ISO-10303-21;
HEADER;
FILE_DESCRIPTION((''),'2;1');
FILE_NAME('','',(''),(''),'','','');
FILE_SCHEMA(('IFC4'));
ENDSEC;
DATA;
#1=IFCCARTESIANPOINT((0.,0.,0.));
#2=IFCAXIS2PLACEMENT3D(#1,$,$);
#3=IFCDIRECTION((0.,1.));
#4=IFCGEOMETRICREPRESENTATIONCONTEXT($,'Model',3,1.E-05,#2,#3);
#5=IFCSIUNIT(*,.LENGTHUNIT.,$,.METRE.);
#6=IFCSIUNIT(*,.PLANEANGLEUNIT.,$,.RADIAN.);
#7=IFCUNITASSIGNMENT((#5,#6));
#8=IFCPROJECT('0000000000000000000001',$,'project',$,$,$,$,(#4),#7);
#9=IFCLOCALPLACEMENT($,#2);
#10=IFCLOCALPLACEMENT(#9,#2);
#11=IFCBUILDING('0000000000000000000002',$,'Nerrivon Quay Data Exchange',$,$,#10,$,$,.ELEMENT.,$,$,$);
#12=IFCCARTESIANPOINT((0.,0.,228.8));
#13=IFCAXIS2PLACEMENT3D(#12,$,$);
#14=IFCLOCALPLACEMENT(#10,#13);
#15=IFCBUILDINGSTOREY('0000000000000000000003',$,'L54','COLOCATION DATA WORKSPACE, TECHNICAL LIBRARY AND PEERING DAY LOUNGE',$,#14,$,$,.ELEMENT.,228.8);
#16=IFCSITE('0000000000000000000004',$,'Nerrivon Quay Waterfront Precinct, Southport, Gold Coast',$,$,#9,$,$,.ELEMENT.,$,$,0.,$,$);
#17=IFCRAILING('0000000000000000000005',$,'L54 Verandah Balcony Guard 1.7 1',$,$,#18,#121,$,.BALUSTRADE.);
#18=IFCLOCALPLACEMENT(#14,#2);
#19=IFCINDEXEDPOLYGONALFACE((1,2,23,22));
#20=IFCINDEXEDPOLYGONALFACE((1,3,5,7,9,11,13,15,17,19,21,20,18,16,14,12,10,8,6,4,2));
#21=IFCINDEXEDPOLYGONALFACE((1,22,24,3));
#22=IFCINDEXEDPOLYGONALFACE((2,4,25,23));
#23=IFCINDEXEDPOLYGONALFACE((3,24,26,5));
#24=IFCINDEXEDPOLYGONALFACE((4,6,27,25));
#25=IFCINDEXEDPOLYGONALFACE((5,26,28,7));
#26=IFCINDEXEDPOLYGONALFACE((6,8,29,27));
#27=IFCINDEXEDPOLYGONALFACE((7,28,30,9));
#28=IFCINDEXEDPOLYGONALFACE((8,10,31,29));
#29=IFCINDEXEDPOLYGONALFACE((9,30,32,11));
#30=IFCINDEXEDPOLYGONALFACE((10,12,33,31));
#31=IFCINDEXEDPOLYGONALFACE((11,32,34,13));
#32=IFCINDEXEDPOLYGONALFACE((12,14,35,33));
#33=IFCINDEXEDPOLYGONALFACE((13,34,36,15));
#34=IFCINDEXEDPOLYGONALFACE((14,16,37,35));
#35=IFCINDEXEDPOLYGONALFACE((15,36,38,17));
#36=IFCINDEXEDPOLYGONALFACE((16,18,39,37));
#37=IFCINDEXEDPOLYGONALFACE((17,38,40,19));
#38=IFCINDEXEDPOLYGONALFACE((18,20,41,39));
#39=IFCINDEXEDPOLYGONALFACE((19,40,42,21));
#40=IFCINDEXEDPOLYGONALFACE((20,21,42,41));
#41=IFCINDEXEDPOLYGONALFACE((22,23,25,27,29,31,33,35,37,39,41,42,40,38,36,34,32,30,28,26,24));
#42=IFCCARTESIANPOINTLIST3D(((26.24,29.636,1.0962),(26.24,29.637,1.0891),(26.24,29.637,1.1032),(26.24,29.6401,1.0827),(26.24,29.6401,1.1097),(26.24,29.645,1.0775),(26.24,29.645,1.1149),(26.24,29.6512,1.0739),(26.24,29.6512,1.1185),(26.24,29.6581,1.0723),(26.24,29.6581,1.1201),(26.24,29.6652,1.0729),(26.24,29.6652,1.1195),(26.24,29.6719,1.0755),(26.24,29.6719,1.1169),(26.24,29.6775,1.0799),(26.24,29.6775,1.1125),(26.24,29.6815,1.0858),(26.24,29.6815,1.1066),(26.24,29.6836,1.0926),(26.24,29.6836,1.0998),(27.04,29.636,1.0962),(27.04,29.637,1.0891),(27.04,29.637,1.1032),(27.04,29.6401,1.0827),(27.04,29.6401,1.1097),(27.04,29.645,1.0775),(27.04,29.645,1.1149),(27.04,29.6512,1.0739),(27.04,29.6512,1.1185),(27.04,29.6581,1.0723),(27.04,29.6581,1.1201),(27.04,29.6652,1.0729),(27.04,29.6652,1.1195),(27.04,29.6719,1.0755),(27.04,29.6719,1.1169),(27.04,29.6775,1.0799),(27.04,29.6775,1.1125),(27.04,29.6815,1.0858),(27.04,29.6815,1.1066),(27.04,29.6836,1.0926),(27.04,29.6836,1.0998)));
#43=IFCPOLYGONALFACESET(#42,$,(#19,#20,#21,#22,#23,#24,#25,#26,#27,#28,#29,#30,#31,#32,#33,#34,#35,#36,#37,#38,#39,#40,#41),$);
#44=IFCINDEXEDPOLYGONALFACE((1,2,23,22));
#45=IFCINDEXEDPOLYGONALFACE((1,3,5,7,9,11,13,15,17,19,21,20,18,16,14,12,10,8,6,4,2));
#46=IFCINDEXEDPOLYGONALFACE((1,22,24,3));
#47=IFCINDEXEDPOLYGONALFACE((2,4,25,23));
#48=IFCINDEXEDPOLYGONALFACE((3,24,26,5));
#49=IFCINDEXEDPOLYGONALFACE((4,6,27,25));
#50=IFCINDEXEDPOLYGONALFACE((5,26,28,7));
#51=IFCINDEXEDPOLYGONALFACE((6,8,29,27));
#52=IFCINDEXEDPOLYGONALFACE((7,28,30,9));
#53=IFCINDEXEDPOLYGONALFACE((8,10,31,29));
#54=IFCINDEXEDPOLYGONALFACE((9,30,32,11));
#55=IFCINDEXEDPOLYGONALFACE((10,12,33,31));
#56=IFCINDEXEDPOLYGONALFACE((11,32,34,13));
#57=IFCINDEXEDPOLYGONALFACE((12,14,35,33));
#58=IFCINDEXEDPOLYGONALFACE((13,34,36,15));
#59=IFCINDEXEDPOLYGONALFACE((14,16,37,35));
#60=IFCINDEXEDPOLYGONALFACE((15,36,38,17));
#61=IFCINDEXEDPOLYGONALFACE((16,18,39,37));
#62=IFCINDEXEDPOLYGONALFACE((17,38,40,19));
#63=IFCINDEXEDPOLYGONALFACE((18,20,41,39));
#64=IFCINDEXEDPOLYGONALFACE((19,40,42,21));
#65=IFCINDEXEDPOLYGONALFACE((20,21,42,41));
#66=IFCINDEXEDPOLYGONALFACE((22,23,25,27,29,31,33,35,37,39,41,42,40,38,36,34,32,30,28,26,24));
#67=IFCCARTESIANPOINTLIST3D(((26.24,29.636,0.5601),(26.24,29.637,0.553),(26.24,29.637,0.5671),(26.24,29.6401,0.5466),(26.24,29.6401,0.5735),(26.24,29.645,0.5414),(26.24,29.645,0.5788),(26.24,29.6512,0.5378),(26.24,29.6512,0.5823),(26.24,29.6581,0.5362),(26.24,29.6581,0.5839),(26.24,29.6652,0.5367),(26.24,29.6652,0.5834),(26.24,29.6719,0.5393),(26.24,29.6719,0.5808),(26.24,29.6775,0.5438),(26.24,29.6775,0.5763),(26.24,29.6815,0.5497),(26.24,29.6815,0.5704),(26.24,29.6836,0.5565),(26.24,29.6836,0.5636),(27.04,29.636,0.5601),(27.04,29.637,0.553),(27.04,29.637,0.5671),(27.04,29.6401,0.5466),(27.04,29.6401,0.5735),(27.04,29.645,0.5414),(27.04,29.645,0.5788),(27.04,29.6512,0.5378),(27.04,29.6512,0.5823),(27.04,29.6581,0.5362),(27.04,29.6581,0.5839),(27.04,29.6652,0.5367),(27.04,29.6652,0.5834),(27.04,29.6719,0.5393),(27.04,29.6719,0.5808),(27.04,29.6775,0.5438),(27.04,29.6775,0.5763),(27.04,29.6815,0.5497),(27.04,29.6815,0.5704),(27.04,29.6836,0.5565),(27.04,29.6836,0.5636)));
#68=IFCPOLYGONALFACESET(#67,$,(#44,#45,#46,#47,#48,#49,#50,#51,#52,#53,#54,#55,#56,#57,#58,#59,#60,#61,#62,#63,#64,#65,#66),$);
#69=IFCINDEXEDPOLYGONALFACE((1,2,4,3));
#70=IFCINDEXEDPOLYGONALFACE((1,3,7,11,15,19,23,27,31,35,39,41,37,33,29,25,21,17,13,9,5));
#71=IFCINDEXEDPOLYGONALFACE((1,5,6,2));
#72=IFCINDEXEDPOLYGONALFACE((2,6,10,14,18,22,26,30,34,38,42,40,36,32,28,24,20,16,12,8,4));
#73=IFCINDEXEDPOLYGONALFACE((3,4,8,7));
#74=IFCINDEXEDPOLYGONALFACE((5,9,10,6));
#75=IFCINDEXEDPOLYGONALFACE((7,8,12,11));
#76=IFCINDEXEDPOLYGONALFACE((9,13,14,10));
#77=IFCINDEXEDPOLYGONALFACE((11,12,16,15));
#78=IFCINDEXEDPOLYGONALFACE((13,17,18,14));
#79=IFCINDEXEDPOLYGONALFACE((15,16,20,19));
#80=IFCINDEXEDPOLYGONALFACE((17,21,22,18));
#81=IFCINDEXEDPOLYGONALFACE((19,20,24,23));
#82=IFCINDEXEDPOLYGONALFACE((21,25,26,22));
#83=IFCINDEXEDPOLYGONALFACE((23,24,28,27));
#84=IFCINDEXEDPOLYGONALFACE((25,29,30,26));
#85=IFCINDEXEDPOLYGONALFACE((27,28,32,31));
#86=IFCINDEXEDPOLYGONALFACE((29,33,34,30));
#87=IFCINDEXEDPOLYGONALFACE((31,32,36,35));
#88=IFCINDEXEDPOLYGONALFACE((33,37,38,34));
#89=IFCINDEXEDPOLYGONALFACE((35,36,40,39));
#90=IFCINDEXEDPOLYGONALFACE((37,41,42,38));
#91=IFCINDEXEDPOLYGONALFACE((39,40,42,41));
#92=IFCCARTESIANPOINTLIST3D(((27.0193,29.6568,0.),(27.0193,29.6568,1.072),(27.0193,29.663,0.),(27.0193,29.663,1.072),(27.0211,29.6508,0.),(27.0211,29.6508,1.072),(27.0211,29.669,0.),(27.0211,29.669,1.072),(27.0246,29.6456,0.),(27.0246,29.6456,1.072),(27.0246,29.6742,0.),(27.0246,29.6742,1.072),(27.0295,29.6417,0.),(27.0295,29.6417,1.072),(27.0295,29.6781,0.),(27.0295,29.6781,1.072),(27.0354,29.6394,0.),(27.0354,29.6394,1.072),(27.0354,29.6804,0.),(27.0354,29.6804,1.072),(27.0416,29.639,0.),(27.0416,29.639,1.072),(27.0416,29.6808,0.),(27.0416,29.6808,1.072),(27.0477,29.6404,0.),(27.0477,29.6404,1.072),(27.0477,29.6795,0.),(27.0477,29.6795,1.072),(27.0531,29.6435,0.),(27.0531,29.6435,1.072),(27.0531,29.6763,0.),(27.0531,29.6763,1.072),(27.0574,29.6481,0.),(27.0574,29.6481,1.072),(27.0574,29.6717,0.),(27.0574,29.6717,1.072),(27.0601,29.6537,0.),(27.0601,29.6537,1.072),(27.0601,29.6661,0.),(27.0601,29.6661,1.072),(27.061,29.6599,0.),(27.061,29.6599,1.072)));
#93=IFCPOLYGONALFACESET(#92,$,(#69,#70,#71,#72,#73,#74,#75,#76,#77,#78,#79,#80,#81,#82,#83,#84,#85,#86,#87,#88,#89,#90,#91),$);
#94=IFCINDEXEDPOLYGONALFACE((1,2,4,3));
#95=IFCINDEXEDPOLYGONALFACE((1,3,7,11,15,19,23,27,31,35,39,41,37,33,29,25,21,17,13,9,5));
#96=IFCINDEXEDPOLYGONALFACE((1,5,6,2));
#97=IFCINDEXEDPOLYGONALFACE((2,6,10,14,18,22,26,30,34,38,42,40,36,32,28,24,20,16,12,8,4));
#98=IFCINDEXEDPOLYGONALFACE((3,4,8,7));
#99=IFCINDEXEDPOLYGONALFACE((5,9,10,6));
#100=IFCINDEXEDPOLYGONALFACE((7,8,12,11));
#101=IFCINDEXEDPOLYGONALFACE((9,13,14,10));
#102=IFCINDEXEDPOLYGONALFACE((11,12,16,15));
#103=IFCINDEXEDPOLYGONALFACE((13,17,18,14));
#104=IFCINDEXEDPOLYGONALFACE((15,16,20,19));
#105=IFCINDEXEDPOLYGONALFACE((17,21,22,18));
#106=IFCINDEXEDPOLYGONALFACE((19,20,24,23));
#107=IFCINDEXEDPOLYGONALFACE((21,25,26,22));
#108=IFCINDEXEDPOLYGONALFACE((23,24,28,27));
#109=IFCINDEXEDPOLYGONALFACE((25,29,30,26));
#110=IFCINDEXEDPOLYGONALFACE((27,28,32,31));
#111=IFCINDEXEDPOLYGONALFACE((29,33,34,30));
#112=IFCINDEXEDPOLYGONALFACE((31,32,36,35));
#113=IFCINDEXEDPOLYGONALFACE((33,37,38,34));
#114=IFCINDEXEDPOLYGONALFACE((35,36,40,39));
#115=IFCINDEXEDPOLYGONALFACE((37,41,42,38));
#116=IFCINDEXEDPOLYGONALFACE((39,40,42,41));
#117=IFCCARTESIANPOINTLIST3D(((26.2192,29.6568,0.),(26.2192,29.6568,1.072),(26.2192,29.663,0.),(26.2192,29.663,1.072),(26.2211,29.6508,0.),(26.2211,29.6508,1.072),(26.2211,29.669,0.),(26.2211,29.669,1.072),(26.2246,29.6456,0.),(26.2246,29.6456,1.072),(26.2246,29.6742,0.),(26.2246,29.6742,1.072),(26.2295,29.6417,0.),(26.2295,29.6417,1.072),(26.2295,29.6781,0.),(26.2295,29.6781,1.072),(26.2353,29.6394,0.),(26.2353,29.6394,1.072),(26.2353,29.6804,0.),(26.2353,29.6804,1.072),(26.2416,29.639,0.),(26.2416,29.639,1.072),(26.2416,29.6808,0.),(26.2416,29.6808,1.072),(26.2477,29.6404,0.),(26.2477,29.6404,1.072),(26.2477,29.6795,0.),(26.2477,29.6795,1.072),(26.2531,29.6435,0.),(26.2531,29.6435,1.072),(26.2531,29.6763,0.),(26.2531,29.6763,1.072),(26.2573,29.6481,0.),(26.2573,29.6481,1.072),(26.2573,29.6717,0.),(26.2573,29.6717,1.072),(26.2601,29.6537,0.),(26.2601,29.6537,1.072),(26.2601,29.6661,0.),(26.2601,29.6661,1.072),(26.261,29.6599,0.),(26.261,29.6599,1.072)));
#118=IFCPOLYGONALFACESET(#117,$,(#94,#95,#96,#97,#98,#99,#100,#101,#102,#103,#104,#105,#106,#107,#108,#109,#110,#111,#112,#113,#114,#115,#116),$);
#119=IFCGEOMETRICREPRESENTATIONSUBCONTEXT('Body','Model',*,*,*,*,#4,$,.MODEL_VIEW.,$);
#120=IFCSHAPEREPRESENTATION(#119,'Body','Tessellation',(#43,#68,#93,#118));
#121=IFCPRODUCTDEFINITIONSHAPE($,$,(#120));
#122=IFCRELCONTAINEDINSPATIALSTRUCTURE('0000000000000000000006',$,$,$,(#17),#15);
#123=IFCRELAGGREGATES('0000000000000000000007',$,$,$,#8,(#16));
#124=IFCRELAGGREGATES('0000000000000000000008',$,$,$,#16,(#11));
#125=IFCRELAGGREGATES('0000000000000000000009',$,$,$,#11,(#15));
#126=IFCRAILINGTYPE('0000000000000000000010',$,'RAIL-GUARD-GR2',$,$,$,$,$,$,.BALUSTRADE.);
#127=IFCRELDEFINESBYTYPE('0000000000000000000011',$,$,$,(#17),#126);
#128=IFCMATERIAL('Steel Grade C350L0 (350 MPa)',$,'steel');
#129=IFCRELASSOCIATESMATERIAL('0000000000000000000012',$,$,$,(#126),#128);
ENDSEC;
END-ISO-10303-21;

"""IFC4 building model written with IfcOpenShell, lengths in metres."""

from ifc_helpers import new_model, si_unit, direction, frame, origin, origin_2d, place, context, subcontext, project, spatial, circle, extrude, material, type_object, element, save


model = new_model("IFC4")

# Units and contexts
model_context = context("Model", 3, precision=1e-05, world=origin(), true_north=direction((0.0, 1.0)))
body_context = subcontext(model_context, "Body", "Model", "MODEL_VIEW")
ifc_project = project(units=[si_unit("LENGTHUNIT", "METRE"), si_unit("PLANEANGLEUNIT", "RADIAN")], contexts=[model_context])

# Site, building, storey
site_placement = place(None, origin())
site = spatial("IfcSite", under=ifc_project, at=site_placement, Name="Nerrivon Quay Waterfront Precinct, Southport, Gold Coast", CompositionType="ELEMENT", RefElevation=0.0)
building_placement = place(site_placement, origin())
building = spatial("IfcBuilding", under=site, at=building_placement, Name="Nerrivon Quay Data Exchange", CompositionType="ELEMENT")
storey_placement = place(building_placement, frame((0.0, 0.0, 228.8)))
storey = spatial("IfcBuildingStorey", under=building, at=storey_placement, Name="L54", Description="COLOCATION DATA WORKSPACE, TECHNICAL LIBRARY AND PEERING DAY LOUNGE", CompositionType="ELEMENT", Elevation=228.8)

# Shared definitions
ifc_material_1 = material(Name="Steel Grade C350L0 (350 MPa)", Category="steel")

# Railing
railing_type = type_object("IfcRailingType", Name="RAIL-GUARD-GR2", PredefinedType="BALUSTRADE", material=ifc_material_1)
railing_1_placement = place(storey_placement, frame((27.04, 29.6599, 0.0)))
element("IfcRailing", 1, at=railing_1_placement, inside=storey, type_object=railing_type, Name="L54 Verandah Balcony Guard 1.7 1", PredefinedType="BALUSTRADE", context=body_context, shape_type="SweptSolid", body=[
    extrude(circle(Radius=0.0239, at=origin_2d()), frame((0.0, 0.0, 1.0962), z_axis=(-1.0, 0.0, 0.0), x_axis=(0.0, -1.0, 0.0)), (0.0, 0.0, 1.0), 0.8),
    extrude(circle(Radius=0.0239, at=origin_2d()), frame((0.0, 0.0, 0.5601), z_axis=(-1.0, 0.0, 0.0), x_axis=(0.0, -1.0, 0.0)), (0.0, 0.0, 1.0), 0.8),
    extrude(circle(Radius=0.021, at=origin_2d()), origin(), (0.0, 0.0, 1.0), 1.072),
    extrude(circle(Radius=0.021, at=origin_2d()), frame((-0.8, 0.0, 0.0)), (0.0, 0.0, 1.0), 1.072),
])

save(model, "model.ifc")
